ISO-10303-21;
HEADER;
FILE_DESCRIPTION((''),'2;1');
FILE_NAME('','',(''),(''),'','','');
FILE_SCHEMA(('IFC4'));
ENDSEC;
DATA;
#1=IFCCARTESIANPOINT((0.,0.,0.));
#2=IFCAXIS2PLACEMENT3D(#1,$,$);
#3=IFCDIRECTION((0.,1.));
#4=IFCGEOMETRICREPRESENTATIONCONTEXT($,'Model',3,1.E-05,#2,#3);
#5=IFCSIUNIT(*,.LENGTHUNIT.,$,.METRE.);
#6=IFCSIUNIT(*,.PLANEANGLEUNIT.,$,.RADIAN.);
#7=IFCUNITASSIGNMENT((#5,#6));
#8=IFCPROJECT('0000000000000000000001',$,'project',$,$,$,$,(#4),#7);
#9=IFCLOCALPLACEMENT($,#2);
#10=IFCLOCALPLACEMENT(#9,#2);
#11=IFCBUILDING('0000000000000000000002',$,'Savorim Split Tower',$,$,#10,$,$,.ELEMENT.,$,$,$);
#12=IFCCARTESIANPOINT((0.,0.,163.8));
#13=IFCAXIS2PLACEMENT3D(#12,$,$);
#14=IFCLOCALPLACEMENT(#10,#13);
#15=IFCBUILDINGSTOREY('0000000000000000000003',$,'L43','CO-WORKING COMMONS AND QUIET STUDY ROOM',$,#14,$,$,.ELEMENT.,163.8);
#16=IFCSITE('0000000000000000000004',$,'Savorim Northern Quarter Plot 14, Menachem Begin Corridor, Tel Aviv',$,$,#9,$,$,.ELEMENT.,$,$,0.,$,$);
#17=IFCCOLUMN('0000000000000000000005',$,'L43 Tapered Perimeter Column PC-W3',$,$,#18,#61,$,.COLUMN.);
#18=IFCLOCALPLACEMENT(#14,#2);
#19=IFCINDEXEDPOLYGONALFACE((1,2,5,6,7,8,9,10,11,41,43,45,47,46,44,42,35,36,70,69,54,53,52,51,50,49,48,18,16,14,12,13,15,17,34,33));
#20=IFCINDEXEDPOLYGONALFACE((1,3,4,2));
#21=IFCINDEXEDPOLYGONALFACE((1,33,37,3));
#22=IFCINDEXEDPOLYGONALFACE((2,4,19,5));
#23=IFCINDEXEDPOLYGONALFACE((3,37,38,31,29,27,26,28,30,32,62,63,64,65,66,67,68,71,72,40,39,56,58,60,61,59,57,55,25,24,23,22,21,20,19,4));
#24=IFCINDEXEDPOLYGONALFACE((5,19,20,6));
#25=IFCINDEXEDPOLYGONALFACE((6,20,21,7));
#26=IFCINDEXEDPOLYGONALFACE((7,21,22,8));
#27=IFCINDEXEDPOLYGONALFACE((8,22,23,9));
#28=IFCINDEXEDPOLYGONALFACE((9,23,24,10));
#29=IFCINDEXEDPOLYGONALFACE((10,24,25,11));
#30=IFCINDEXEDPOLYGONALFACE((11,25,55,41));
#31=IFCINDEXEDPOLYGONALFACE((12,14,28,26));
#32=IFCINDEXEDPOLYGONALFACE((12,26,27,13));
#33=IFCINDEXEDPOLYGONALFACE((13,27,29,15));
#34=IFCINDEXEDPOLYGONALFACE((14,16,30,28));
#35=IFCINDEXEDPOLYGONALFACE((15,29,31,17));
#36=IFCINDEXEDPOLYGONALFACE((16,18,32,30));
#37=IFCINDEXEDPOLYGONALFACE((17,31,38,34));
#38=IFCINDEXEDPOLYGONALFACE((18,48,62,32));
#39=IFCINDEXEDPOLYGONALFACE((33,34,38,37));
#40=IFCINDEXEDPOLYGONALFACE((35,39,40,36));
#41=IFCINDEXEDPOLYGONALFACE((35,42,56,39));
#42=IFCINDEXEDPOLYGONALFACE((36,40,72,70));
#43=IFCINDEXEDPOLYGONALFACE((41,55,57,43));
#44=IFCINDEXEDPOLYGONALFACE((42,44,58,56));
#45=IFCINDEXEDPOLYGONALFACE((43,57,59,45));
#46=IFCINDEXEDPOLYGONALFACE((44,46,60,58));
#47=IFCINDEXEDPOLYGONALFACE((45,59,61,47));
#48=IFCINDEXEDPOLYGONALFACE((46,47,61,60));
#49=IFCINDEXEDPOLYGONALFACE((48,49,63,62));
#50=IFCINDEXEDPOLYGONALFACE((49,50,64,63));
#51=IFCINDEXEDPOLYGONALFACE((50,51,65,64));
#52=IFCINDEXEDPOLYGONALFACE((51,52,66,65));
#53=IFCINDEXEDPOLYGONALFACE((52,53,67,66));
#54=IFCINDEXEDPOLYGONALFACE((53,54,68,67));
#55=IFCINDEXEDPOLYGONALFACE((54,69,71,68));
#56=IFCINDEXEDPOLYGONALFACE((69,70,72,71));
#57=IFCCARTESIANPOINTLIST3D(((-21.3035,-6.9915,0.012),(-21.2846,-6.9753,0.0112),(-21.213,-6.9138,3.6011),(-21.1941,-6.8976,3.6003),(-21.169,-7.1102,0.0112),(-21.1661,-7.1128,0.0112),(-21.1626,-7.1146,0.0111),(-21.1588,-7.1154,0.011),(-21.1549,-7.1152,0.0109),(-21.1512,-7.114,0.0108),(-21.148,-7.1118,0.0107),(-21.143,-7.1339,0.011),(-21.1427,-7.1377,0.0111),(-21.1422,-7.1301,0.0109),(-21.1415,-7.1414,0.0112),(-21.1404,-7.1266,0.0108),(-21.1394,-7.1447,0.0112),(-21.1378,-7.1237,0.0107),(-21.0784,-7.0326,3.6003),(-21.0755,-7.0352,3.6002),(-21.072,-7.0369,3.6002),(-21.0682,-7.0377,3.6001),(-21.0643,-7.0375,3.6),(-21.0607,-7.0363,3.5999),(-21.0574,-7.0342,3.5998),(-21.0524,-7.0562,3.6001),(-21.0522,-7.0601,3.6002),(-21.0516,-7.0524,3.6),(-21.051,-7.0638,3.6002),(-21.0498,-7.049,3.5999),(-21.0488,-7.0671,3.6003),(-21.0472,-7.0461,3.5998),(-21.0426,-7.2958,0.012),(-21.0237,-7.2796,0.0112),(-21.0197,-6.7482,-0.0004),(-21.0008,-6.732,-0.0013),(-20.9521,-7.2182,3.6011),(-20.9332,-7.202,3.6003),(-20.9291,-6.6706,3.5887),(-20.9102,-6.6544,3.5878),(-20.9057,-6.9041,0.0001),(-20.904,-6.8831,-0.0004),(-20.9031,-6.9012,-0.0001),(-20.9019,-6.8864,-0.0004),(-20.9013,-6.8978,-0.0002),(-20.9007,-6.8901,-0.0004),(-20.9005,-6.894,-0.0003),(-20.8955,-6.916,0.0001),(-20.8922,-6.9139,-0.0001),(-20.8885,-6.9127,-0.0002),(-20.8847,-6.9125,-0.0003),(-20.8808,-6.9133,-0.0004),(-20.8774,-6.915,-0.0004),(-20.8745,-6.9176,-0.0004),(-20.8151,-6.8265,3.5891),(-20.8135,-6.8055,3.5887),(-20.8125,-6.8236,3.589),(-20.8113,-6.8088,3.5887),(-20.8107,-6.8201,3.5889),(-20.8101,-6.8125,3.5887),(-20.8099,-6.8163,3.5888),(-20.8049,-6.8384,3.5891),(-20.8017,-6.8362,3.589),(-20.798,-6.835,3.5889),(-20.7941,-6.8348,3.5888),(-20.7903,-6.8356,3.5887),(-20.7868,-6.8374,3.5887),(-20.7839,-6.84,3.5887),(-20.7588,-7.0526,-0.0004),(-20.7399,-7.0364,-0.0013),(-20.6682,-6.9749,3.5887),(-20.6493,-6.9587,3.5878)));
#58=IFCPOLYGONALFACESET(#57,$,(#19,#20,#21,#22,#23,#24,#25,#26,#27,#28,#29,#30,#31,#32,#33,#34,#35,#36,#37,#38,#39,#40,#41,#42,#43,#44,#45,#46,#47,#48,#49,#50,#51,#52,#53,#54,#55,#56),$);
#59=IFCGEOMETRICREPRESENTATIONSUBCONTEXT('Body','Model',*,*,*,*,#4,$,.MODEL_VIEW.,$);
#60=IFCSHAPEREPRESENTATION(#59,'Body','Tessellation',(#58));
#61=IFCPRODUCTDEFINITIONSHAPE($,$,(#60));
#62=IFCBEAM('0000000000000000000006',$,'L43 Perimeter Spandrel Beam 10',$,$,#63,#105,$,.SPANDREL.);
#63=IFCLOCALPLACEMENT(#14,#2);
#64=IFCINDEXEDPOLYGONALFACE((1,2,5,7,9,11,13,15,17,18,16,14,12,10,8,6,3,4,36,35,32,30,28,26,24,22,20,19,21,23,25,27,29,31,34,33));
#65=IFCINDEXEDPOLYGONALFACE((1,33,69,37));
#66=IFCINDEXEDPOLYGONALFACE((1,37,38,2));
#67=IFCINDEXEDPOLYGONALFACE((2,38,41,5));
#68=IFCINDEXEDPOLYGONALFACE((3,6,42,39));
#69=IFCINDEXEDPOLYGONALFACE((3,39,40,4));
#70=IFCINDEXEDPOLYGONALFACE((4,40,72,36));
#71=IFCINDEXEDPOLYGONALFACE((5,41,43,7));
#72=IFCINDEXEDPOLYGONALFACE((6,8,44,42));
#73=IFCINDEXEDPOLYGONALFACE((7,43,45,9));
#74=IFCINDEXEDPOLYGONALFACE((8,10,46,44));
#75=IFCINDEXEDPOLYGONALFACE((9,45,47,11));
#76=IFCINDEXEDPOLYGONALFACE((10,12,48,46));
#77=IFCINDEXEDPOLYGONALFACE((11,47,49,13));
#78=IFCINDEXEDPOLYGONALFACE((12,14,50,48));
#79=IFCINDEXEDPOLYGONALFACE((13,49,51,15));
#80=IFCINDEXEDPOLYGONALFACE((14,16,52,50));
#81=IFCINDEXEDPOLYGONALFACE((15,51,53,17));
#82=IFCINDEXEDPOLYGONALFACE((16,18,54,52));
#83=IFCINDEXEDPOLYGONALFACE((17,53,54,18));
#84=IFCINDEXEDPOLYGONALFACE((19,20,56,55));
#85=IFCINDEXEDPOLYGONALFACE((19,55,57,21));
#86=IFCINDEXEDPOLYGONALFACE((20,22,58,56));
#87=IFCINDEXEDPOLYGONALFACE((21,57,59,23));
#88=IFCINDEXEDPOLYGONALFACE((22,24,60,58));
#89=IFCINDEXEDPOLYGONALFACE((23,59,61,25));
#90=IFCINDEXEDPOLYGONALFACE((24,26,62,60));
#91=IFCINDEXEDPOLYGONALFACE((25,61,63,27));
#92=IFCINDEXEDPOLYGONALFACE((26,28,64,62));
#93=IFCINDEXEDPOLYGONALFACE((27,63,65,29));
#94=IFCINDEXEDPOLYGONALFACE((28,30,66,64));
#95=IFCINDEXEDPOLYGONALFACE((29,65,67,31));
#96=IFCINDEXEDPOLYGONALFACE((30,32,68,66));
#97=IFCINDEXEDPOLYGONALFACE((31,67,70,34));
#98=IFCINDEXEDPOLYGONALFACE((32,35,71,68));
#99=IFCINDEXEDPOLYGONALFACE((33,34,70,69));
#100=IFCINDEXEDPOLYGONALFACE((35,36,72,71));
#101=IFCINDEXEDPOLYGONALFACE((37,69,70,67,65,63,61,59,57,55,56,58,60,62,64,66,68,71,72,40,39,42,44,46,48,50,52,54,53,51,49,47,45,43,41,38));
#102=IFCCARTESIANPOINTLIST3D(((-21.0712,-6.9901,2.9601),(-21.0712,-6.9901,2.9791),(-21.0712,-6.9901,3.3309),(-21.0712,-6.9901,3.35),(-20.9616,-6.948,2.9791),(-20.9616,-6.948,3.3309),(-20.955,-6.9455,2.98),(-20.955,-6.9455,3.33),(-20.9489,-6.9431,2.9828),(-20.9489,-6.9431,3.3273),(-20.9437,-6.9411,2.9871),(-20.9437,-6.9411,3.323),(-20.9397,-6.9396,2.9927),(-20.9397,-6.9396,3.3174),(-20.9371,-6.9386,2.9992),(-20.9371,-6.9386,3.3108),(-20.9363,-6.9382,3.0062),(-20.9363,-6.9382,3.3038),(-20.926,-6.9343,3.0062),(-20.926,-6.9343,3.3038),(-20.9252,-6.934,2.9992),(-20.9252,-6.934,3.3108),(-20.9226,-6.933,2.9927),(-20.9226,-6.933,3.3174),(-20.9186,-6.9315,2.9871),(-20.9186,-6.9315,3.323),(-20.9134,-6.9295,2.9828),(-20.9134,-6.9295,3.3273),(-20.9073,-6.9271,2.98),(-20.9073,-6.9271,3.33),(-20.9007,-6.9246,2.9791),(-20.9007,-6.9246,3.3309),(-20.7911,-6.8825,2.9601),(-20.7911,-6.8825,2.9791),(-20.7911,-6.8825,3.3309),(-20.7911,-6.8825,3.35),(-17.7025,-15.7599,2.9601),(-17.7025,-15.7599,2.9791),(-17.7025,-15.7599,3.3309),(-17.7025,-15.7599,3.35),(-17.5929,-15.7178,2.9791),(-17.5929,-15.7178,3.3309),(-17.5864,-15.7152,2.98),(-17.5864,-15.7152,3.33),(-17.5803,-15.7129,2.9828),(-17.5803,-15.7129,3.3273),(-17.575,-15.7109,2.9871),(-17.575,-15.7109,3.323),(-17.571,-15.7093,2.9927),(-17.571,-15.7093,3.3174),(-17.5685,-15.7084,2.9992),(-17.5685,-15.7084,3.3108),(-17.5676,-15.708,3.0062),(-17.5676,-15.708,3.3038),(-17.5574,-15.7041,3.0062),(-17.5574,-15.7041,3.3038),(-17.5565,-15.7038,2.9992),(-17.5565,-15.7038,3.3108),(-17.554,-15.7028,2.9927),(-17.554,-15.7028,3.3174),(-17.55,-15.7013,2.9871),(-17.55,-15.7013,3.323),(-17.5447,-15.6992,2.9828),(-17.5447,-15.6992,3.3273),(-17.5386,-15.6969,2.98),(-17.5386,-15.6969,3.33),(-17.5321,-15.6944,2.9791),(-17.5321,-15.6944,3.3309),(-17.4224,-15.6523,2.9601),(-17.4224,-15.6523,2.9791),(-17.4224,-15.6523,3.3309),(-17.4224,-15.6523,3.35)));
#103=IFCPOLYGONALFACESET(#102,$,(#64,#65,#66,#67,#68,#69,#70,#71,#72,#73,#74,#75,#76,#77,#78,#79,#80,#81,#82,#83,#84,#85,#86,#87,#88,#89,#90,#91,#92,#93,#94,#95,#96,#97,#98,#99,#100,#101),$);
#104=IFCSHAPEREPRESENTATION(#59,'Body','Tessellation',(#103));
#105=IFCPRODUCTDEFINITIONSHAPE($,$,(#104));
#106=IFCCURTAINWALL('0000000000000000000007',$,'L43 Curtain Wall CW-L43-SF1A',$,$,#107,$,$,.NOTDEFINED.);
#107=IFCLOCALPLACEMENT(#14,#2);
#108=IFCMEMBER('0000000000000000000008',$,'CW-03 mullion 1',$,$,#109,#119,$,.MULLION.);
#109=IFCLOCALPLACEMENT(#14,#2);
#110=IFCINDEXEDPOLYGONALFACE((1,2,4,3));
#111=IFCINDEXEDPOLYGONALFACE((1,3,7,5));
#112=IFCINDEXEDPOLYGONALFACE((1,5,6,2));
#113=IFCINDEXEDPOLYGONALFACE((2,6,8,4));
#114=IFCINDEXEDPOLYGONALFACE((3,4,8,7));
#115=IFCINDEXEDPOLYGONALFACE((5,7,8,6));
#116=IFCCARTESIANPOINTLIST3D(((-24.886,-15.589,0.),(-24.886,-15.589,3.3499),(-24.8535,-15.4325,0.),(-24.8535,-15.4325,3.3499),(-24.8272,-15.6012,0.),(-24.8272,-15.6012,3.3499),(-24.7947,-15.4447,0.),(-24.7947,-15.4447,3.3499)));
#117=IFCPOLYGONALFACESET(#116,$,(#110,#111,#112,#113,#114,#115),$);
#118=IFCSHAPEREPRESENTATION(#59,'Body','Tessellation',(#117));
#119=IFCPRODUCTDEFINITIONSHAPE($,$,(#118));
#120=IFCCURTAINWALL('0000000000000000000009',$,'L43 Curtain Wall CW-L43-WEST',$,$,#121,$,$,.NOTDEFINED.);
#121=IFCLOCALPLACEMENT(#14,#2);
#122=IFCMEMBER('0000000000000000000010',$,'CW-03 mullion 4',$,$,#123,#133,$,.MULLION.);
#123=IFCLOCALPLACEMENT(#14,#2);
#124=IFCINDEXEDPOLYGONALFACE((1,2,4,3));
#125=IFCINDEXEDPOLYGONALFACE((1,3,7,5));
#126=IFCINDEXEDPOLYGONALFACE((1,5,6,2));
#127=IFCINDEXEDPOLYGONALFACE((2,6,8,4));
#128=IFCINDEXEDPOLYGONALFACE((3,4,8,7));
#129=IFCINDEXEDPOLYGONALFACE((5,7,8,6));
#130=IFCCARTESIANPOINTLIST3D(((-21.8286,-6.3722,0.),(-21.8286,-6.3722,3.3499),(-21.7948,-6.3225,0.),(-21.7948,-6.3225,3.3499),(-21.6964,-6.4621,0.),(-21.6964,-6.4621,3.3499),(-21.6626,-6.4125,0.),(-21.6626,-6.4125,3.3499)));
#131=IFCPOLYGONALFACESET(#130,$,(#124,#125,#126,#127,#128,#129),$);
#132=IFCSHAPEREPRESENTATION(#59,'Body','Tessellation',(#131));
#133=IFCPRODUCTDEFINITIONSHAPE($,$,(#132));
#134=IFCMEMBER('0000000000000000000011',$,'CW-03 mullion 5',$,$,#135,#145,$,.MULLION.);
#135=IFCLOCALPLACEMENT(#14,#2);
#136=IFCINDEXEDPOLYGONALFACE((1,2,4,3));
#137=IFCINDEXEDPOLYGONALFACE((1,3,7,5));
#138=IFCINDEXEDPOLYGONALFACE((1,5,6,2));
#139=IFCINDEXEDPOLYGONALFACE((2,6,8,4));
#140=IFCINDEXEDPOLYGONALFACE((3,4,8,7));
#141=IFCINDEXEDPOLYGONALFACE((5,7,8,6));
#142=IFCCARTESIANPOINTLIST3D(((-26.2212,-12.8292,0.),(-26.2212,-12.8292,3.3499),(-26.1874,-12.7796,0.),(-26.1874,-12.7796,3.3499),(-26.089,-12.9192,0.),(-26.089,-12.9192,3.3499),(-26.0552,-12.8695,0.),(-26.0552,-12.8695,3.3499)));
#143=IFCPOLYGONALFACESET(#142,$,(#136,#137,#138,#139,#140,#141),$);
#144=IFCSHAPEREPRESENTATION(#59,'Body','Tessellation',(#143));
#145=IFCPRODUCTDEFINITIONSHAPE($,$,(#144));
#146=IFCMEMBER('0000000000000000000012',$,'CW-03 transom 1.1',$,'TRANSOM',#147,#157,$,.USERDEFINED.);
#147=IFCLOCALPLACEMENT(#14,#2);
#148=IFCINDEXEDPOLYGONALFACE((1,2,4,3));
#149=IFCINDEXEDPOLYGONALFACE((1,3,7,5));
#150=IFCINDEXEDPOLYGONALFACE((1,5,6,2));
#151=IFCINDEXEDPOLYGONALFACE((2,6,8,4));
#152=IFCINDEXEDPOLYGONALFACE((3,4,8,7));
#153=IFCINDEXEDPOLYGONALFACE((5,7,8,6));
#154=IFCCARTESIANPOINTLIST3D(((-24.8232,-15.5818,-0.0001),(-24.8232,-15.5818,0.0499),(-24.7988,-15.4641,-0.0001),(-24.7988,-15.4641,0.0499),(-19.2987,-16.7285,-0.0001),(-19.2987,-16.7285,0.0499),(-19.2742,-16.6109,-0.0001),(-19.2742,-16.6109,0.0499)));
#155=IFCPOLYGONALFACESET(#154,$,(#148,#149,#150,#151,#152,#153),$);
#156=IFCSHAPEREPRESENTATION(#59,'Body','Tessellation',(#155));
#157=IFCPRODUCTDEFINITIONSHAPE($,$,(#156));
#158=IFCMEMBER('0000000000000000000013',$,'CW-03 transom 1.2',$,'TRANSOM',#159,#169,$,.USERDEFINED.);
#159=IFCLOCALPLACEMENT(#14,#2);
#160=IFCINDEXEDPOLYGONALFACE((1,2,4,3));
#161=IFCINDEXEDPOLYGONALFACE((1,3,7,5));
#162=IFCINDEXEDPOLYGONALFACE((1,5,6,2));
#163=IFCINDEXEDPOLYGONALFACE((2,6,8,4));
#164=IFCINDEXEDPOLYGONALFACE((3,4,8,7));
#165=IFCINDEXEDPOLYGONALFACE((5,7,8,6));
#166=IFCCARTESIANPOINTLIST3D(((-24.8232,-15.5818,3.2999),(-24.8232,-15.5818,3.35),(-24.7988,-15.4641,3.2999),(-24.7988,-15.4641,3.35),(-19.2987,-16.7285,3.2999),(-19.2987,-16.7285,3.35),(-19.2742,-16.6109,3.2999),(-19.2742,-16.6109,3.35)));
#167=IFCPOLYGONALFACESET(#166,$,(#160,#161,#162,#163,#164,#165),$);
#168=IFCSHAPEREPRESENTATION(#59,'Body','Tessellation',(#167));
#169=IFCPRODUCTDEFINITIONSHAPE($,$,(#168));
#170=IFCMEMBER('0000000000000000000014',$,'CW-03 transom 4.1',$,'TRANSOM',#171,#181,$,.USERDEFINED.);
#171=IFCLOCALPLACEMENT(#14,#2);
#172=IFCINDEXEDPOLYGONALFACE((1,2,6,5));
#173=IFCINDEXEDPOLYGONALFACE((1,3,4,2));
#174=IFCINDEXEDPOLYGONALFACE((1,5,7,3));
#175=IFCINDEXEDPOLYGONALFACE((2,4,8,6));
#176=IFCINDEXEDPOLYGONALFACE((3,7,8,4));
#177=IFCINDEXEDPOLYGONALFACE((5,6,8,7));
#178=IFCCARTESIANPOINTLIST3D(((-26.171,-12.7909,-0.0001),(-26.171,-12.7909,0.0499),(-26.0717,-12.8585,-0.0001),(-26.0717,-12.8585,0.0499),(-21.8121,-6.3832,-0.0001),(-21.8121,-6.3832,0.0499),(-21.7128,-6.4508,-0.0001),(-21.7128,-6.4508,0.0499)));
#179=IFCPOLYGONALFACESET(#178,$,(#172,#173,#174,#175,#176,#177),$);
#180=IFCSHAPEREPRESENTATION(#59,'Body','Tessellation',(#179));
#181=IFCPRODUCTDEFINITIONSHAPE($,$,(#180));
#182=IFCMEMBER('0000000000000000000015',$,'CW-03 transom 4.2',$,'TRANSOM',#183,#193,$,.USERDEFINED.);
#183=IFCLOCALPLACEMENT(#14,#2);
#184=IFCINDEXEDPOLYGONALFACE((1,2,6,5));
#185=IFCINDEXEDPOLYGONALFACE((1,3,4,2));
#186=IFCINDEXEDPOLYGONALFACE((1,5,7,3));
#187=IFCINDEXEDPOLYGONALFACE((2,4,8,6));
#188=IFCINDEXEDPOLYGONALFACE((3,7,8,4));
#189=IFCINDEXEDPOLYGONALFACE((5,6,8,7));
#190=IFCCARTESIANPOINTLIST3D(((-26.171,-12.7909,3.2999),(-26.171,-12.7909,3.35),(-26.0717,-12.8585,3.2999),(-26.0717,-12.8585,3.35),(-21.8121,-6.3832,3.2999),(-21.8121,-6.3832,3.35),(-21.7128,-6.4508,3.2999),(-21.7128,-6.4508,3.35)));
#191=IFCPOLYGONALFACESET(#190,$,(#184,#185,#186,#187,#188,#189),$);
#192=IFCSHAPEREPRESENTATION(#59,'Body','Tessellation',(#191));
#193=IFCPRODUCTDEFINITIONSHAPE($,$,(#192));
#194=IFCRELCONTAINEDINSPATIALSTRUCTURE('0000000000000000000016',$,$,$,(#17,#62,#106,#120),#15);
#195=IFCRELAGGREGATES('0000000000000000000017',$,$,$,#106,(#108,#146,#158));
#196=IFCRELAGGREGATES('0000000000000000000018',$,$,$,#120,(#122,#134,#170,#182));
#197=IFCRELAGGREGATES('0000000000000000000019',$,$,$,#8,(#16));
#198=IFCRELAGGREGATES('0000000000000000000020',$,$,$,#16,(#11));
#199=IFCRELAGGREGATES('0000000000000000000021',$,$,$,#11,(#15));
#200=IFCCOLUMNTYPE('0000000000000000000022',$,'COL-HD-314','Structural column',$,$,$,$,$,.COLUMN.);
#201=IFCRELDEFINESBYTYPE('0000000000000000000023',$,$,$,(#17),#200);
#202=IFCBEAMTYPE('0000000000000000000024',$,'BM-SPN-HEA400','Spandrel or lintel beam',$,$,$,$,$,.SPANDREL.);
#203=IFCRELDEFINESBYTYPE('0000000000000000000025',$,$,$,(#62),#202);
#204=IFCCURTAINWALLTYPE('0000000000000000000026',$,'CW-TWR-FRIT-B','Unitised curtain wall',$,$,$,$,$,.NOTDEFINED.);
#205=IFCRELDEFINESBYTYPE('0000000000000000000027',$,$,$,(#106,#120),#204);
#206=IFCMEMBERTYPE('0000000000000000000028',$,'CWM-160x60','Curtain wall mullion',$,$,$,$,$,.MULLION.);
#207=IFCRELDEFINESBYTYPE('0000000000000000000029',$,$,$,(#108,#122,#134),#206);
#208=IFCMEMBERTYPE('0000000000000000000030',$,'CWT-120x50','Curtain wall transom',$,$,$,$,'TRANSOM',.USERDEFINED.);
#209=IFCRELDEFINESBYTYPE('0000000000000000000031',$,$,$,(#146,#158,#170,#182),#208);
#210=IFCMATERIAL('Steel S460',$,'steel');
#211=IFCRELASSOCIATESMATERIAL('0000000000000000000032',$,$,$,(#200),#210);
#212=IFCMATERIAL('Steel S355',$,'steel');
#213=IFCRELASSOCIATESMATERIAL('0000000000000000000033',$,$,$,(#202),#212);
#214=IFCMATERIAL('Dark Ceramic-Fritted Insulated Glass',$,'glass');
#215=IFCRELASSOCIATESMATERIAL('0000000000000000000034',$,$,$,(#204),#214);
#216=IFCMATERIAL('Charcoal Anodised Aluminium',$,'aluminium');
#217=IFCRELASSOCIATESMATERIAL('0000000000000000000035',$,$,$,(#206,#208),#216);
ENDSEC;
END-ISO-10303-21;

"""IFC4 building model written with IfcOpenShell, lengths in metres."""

from ifc_helpers import new_model, si_unit, direction, frame, origin, origin_2d, place, context, subcontext, project, spatial, rectangle, i_section, extrude, material, material_profile, profile_set, type_object, element, aggregate, save


model = new_model("IFC4")

# Units and contexts
model_context = context("Model", 3, precision=1e-05, world=origin(), true_north=direction((0.0, 1.0)))
body_context = subcontext(model_context, "Body", "Model", "MODEL_VIEW")
ifc_project = project(units=[si_unit("LENGTHUNIT", "METRE"), si_unit("PLANEANGLEUNIT", "RADIAN")], contexts=[model_context])

# Site, building, storey
site_placement = place(None, origin())
site = spatial("IfcSite", under=ifc_project, at=site_placement, Name="Savorim Northern Quarter Plot 14, Menachem Begin Corridor, Tel Aviv", CompositionType="ELEMENT", RefElevation=0.0)
building_placement = place(site_placement, origin())
building = spatial("IfcBuilding", under=site, at=building_placement, Name="Savorim Split Tower", CompositionType="ELEMENT")
storey_placement = place(building_placement, frame((0.0, 0.0, 163.8)))
storey = spatial("IfcBuildingStorey", under=building, at=storey_placement, Name="L43", Description="CO-WORKING COMMONS AND QUIET STUDY ROOM", CompositionType="ELEMENT", Elevation=163.8)

# Column
ifc_material_1 = material(Name="Steel S460", Category="steel")
ifc_material_profile_1 = material_profile(ifc_material_1, i_section(OverallWidth=0.4009, OverallDepth=0.3989, WebThickness=0.0156, FlangeThickness=0.0249, FilletRadius=0.0149, at=origin_2d()), Name="HD 400x314")
ifc_profile_set_1 = profile_set([ifc_material_profile_1], Name="Steel S460")
column_type = type_object("IfcColumnType", Name="COL-HD-314", Description="Structural column", PredefinedType="COLUMN", material=ifc_profile_set_1)
column_placement = place(storey_placement, frame((-21.0217, -7.0139, 0.0054), z_axis=(0.025222, 0.021619, 0.999448), x_axis=(-0.650791, 0.759257, 0.0)))
element("IfcColumn", 1, at=column_placement, inside=storey, type_object=column_type, Name="L43 Tapered Perimeter Column PC-W3", PredefinedType="COLUMN", context=body_context, shape_type="SweptSolid", body=[
    extrude(i_section(OverallWidth=0.4009, OverallDepth=0.3989, WebThickness=0.0156, FlangeThickness=0.0249, FilletRadius=0.0149, at=origin_2d()), origin(), (0.0, 0.0, 1.0), 3.5911),
])

# Beam
ifc_material_2 = material(Name="Steel S355", Category="steel")
ifc_material_profile_2 = material_profile(ifc_material_2, i_section(OverallWidth=0.3, OverallDepth=0.3899, WebThickness=0.011, FlangeThickness=0.019, FilletRadius=0.0271, at=origin_2d()), Name="HEA 400")
ifc_profile_set_2 = profile_set([ifc_material_profile_2], Name="Steel S355")
beam_type = type_object("IfcBeamType", Name="BM-SPN-HEA400", Description="Spandrel or lintel beam", PredefinedType="SPANDREL", material=ifc_profile_set_2)
beam_placement = place(storey_placement, frame((-20.9312, -6.9363, 3.155), z_axis=(0.358577, -0.9335, 0.0), x_axis=(0.9335, 0.358577, 0.0)))
element("IfcBeam", 2, at=beam_placement, inside=storey, type_object=beam_type, Name="L43 Perimeter Spandrel Beam 10", PredefinedType="SPANDREL", context=body_context, shape_type="SweptSolid", body=[
    extrude(i_section(OverallWidth=0.3, OverallDepth=0.3899, WebThickness=0.011, FlangeThickness=0.019, FilletRadius=0.0271, at=origin_2d()), origin(), (0.0, 0.0, 1.0), 9.3945),
])

# Curtain wall, member
ifc_material_3 = material(Name="Dark Ceramic-Fritted Insulated Glass", Category="glass")
curtain_wall_type = type_object("IfcCurtainWallType", Name="CW-TWR-FRIT-B", Description="Unitised curtain wall", PredefinedType="NOTDEFINED", material=ifc_material_3)
curtain_wall_1_placement = place(storey_placement, origin())
curtain_wall_1 = element("IfcCurtainWall", 3, at=curtain_wall_1_placement, inside=storey, type_object=curtain_wall_type, Name="L43 Curtain Wall CW-L43-SF1A", PredefinedType="NOTDEFINED")
ifc_material_4 = material(Name="Charcoal Anodised Aluminium", Category="aluminium")
ifc_material_profile_3 = material_profile(ifc_material_4, rectangle(XDim=0.1599, YDim=0.0601, at=origin_2d()), Name="ALU-M 160x60")
ifc_profile_set_3 = profile_set([ifc_material_profile_3], Name="Charcoal Anodised Aluminium")
member_type_1 = type_object("IfcMemberType", Name="CWM-160x60", Description="Curtain wall mullion", PredefinedType="MULLION", material=ifc_profile_set_3)
member_1_placement = place(storey_placement, frame((-24.8403, -15.5168, 0.0), z_axis=(0.0, 0.0, 1.0), x_axis=(0.203216, 0.979134, 0.0)))
member_1 = element("IfcMember", 4, at=member_1_placement, type_object=member_type_1, Name="CW-03 mullion 1", PredefinedType="MULLION", context=body_context, shape_type="SweptSolid", body=[
    extrude(rectangle(XDim=0.1599, YDim=0.0601, at=origin_2d()), origin(), (0.0, 0.0, 1.0), 3.3499),
])

# Curtain wall, members
curtain_wall_2_placement = place(storey_placement, origin())
curtain_wall_2 = element("IfcCurtainWall", 5, at=curtain_wall_2_placement, inside=storey, type_object=curtain_wall_type, Name="L43 Curtain Wall CW-L43-WEST", PredefinedType="NOTDEFINED")
member_2_placement = place(storey_placement, frame((-21.7456, -6.3923, 0.0), z_axis=(0.0, 0.0, 1.0), x_axis=(0.826819, -0.562468, 0.0)))
member_2 = element("IfcMember", 6, at=member_2_placement, type_object=member_type_1, Name="CW-03 mullion 4", PredefinedType="MULLION", context=body_context, shape_type="SweptSolid", body=[
    extrude(rectangle(XDim=0.1599, YDim=0.0601, at=origin_2d()), origin(), (0.0, 0.0, 1.0), 3.3499),
])
member_3_placement = place(storey_placement, frame((-26.1382, -12.8494, 0.0), z_axis=(0.0, 0.0, 1.0), x_axis=(0.826819, -0.562468, 0.0)))
member_3 = element("IfcMember", 7, at=member_3_placement, type_object=member_type_1, Name="CW-03 mullion 5", PredefinedType="MULLION", context=body_context, shape_type="SweptSolid", body=[
    extrude(rectangle(XDim=0.1599, YDim=0.0601, at=origin_2d()), origin(), (0.0, 0.0, 1.0), 3.3499),
])

# Members
ifc_material_profile_4 = material_profile(ifc_material_4, rectangle(XDim=0.1201, YDim=0.05, at=origin_2d()), Name="ALU-T 120x50")
ifc_profile_set_4 = profile_set([ifc_material_profile_4], Name="Charcoal Anodised Aluminium")
member_type_2 = type_object("IfcMemberType", Name="CWT-120x50", Description="Curtain wall transom", ElementType="TRANSOM", PredefinedType="USERDEFINED", material=ifc_profile_set_4)
member_4_placement = place(storey_placement, frame((-24.811, -15.5229, 0.0249), z_axis=(0.97913, -0.203234, 0.0), x_axis=(0.203234, 0.97913, 0.0)))
member_4 = element("IfcMember", 8, at=member_4_placement, type_object=member_type_2, Name="CW-03 transom 1.1", ObjectType="TRANSOM", PredefinedType="USERDEFINED", context=body_context, shape_type="SweptSolid", body=[
    extrude(rectangle(XDim=0.1201, YDim=0.05, at=origin_2d()), origin(), (0.0, 0.0, 1.0), 5.6423),
])
member_5_placement = place(storey_placement, frame((-24.811, -15.5229, 3.325), z_axis=(0.97913, -0.203234, 0.0), x_axis=(0.203234, 0.97913, 0.0)))
member_5 = element("IfcMember", 9, at=member_5_placement, type_object=member_type_2, Name="CW-03 transom 1.2", ObjectType="TRANSOM", PredefinedType="USERDEFINED", context=body_context, shape_type="SweptSolid", body=[
    extrude(rectangle(XDim=0.1201, YDim=0.05, at=origin_2d()), origin(), (0.0, 0.0, 1.0), 5.6423),
])
member_6_placement = place(storey_placement, frame((-21.7625, -6.417, 0.0249), z_axis=(-0.562455, -0.826828, 0.0), x_axis=(0.826828, -0.562455, 0.0)))
member_6 = element("IfcMember", 10, at=member_6_placement, type_object=member_type_2, Name="CW-03 transom 4.1", ObjectType="TRANSOM", PredefinedType="USERDEFINED", context=body_context, shape_type="SweptSolid", body=[
    extrude(rectangle(XDim=0.1201, YDim=0.05, at=origin_2d()), origin(), (0.0, 0.0, 1.0), 7.7498),
])
member_7_placement = place(storey_placement, frame((-21.7625, -6.417, 3.325), z_axis=(-0.562455, -0.826828, 0.0), x_axis=(0.826828, -0.562455, 0.0)))
member_7 = element("IfcMember", 11, at=member_7_placement, type_object=member_type_2, Name="CW-03 transom 4.2", ObjectType="TRANSOM", PredefinedType="USERDEFINED", context=body_context, shape_type="SweptSolid", body=[
    extrude(rectangle(XDim=0.1201, YDim=0.05, at=origin_2d()), origin(), (0.0, 0.0, 1.0), 7.7498),
])

aggregate(curtain_wall_1, [member_1, member_4, member_5])
aggregate(curtain_wall_2, [member_2, member_3, member_6, member_7])

save(model, "model.ifc")
